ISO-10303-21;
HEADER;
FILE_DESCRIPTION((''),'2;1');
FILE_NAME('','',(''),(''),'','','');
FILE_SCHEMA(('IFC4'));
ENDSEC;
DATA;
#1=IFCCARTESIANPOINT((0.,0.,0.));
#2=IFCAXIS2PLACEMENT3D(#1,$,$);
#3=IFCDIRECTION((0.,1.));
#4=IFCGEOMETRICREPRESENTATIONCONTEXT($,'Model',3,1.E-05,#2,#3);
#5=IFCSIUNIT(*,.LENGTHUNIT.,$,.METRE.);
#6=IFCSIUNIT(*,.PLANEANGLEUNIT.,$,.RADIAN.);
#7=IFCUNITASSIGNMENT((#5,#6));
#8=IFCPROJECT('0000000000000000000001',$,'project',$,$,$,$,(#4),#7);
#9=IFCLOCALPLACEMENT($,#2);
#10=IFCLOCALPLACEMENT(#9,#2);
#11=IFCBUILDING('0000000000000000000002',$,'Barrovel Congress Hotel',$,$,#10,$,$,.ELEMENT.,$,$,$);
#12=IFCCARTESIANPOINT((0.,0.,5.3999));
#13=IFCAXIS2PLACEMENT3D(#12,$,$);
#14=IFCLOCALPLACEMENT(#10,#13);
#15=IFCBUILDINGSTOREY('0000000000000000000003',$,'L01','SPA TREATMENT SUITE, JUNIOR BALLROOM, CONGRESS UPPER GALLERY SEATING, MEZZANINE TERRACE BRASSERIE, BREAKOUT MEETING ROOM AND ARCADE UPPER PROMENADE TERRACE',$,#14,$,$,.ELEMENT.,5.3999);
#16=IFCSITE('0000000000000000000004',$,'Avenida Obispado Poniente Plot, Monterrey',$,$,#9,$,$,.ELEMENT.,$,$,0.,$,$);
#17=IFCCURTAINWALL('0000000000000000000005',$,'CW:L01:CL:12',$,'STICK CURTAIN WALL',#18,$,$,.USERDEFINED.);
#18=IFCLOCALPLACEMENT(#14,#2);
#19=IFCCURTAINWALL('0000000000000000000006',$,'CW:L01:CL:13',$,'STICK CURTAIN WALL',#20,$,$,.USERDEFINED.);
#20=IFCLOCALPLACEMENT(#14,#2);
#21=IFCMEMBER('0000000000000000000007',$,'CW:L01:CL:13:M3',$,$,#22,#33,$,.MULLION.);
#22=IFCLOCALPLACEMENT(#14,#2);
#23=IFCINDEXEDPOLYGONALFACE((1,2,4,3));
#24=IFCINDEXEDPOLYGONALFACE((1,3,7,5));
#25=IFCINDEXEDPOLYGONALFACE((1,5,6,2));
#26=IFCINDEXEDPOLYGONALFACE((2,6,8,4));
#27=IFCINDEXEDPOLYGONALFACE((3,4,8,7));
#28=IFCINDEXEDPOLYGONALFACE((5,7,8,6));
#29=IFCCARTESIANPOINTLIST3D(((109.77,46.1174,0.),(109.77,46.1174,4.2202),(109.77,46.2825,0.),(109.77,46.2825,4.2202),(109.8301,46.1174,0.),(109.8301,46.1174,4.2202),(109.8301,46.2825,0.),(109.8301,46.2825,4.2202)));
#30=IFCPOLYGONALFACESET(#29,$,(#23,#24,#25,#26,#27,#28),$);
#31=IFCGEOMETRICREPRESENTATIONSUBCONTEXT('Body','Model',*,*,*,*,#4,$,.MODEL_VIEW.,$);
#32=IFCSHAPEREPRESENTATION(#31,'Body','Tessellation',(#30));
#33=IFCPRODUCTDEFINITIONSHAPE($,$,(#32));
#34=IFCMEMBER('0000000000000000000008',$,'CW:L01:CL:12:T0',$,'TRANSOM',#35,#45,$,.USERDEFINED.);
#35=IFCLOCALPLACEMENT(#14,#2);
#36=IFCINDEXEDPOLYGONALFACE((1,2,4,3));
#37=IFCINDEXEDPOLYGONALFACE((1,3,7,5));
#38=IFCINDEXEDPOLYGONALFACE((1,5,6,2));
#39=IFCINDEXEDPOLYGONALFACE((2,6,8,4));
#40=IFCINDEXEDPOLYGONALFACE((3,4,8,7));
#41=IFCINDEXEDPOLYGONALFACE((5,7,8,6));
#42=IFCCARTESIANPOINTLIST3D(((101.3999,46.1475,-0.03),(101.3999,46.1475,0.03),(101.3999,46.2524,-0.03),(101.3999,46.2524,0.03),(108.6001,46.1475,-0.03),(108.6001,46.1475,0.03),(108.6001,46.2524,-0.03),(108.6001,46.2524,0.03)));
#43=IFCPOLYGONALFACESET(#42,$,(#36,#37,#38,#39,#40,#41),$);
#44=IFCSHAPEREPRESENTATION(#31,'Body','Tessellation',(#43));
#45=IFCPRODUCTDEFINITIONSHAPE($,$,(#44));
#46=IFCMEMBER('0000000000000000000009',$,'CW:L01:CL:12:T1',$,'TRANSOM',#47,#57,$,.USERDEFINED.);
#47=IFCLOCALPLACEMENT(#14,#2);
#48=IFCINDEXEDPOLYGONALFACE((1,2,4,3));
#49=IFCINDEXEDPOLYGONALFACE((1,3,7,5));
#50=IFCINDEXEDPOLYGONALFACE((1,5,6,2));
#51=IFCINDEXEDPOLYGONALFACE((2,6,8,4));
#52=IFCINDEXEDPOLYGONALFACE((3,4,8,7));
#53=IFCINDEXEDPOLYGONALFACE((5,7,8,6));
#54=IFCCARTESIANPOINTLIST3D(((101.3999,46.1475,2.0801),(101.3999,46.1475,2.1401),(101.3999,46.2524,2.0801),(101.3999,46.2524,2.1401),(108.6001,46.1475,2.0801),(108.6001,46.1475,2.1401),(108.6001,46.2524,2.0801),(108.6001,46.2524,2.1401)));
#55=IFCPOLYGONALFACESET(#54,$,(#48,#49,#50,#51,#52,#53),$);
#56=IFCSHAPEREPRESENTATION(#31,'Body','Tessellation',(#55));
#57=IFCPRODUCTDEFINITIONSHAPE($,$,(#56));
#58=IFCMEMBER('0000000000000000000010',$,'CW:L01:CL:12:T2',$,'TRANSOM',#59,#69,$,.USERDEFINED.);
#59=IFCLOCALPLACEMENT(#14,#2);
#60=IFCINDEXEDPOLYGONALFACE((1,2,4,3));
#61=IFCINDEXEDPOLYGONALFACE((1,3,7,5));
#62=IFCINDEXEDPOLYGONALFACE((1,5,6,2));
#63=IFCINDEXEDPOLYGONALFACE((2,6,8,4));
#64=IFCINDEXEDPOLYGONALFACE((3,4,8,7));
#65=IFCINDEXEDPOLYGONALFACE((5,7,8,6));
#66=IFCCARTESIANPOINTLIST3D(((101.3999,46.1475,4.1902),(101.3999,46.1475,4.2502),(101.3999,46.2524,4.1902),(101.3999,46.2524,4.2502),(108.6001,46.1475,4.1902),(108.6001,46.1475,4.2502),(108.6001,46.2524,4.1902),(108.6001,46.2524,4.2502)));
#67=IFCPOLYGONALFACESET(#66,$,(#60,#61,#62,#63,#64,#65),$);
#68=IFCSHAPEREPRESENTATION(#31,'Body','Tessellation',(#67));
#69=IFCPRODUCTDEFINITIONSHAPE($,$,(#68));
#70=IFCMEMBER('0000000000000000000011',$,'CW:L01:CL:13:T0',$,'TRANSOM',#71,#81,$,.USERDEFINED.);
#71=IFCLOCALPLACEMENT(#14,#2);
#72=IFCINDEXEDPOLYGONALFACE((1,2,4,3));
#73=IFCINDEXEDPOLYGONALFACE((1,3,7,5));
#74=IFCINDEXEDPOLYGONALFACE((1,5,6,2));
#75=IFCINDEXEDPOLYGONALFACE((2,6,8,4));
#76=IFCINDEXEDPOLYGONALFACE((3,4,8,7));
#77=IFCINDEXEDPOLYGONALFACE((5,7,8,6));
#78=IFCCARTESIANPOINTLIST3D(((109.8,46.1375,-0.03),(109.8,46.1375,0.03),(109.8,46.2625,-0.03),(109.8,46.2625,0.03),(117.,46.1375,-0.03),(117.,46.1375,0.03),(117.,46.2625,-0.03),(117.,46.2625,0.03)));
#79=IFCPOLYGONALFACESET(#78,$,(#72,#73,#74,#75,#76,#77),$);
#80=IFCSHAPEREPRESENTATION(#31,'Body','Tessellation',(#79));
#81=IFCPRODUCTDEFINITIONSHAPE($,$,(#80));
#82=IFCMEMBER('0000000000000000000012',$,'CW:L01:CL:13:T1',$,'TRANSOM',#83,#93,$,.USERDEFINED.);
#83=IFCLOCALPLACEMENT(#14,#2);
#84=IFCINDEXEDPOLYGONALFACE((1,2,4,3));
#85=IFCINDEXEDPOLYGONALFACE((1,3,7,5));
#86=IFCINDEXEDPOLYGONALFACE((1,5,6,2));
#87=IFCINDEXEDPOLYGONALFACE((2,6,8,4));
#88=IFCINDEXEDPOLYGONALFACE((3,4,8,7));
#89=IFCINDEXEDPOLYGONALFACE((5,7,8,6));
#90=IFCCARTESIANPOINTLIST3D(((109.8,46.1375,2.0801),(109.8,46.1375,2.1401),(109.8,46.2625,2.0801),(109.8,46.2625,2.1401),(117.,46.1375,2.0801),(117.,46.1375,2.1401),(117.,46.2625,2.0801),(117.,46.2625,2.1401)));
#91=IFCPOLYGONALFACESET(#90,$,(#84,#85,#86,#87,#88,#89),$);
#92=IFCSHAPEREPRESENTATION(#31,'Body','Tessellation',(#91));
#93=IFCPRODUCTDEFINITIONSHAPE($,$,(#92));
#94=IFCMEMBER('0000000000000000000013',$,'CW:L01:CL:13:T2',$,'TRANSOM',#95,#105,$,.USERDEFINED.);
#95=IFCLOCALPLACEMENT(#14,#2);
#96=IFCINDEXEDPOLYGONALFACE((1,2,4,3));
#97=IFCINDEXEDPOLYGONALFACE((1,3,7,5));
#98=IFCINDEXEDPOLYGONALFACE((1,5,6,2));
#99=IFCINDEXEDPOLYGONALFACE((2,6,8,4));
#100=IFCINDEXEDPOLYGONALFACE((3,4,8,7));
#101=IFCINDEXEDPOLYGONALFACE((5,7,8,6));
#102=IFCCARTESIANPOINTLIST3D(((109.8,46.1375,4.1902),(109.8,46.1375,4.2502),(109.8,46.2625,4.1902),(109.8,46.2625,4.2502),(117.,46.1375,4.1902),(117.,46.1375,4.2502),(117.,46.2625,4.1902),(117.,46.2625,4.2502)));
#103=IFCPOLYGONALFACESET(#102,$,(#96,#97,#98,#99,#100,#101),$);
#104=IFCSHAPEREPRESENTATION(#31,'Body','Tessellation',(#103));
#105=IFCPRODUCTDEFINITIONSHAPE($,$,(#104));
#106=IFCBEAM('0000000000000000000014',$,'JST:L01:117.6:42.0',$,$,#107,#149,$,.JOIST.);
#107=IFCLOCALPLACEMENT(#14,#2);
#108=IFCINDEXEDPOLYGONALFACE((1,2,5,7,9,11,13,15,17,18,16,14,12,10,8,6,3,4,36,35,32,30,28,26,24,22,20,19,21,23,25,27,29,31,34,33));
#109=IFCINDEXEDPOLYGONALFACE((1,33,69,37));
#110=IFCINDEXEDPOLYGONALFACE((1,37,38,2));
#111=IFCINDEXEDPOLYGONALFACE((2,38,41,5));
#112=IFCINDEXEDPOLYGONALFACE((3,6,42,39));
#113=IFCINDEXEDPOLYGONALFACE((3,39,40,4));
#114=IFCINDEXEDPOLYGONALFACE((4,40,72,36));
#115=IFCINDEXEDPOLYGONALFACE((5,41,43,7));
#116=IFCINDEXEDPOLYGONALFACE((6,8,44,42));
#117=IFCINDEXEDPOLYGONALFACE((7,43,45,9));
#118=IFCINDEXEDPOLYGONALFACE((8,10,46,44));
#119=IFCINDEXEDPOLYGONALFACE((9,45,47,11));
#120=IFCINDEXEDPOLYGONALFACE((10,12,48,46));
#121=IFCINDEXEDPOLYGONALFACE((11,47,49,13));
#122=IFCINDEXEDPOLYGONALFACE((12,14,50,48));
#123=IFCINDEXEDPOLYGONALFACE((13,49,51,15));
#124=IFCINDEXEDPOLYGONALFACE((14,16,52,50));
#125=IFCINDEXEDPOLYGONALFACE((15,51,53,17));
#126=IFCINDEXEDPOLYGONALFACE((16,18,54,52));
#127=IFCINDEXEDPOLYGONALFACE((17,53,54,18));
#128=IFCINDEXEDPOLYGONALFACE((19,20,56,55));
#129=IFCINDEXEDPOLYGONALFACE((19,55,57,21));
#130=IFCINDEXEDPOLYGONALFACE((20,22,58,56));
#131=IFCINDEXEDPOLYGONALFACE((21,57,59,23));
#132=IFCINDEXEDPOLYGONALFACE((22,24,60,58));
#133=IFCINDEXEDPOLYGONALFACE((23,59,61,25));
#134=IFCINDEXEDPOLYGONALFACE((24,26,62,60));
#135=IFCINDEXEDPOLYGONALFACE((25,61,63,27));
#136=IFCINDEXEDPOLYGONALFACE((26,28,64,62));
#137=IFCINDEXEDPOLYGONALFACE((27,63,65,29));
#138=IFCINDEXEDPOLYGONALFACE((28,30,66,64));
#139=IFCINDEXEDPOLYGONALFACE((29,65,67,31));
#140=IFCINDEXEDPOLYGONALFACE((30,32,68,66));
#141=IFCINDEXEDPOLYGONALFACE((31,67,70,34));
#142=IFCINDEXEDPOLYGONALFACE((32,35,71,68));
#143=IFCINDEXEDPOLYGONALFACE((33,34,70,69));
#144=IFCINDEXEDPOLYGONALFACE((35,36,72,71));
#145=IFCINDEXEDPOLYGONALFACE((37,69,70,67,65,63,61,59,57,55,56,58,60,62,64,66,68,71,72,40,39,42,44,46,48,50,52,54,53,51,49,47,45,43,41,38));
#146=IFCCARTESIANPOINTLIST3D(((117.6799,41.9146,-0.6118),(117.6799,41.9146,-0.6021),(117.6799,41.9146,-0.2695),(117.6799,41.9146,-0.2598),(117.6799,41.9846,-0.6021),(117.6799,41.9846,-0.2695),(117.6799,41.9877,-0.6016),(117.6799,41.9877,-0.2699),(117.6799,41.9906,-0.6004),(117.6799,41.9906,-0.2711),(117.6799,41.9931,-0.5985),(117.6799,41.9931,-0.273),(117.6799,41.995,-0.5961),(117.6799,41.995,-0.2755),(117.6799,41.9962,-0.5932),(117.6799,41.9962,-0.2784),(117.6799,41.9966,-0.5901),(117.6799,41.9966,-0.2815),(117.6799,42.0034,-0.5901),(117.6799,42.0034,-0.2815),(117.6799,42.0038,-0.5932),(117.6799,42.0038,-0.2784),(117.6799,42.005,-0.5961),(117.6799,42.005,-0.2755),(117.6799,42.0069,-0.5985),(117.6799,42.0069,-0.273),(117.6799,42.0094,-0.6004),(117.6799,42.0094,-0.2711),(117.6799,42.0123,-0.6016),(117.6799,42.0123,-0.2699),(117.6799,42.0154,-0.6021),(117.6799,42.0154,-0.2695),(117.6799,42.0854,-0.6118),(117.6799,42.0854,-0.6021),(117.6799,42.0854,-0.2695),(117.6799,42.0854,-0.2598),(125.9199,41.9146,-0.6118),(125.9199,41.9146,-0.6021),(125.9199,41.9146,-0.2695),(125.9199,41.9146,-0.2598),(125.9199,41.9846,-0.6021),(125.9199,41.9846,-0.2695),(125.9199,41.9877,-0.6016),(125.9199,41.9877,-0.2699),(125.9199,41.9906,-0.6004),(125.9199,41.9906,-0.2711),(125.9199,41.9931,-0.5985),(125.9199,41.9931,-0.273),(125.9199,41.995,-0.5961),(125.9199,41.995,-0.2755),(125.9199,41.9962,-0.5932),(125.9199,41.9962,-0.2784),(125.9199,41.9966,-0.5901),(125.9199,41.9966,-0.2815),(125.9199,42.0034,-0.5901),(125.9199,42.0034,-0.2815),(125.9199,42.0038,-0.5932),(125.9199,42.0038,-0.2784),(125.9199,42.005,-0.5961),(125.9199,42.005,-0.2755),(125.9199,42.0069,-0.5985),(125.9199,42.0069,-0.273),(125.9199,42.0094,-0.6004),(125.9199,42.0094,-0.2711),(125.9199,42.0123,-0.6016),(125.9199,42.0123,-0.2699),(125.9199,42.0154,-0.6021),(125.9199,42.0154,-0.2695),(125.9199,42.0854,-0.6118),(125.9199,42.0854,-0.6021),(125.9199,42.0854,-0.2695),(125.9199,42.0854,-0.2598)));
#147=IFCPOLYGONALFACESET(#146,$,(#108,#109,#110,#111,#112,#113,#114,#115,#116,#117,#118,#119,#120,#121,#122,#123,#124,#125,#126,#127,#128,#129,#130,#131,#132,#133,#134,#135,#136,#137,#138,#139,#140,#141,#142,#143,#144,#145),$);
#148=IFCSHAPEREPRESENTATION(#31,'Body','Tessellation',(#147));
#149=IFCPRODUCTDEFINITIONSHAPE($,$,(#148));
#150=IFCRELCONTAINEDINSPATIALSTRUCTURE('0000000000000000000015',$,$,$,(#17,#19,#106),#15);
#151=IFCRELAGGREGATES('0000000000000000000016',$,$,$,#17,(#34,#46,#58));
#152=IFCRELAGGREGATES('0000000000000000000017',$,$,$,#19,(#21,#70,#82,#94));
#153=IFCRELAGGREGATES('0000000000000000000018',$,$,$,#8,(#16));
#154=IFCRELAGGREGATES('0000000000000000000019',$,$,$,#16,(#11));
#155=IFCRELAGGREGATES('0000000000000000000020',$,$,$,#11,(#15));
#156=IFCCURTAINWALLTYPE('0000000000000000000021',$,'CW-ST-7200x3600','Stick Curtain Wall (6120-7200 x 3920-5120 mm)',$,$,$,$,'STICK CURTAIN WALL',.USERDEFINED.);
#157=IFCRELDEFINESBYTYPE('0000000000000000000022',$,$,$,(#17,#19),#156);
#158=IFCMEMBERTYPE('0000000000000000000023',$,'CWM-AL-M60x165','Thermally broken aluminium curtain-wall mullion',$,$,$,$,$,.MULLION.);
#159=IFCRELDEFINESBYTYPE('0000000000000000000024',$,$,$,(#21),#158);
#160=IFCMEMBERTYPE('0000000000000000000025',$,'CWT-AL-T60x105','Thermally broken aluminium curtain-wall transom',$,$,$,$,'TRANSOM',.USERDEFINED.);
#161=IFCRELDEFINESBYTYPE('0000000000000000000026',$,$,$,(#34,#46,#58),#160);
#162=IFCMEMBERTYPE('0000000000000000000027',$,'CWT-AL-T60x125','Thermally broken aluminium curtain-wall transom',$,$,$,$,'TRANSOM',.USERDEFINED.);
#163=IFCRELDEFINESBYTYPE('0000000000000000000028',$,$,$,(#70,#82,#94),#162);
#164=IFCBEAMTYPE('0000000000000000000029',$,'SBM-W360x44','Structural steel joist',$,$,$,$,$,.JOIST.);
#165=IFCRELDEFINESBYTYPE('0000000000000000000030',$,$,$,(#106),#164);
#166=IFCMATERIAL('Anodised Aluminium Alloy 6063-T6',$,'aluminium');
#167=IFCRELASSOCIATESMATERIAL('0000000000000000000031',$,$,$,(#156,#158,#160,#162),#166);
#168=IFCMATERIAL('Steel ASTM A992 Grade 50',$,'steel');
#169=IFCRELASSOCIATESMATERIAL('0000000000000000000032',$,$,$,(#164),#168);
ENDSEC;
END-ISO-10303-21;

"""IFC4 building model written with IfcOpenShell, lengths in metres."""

from ifc_helpers import new_model, si_unit, direction, frame, origin, origin_2d, place, context, subcontext, project, spatial, rectangle, i_section, extrude, material, material_profile, profile_set, type_object, element, aggregate, save


model = new_model("IFC4")

# Units and contexts
model_context = context("Model", 3, precision=1e-05, world=origin(), true_north=direction((0.0, 1.0)))
body_context = subcontext(model_context, "Body", "Model", "MODEL_VIEW")
ifc_project = project(units=[si_unit("LENGTHUNIT", "METRE"), si_unit("PLANEANGLEUNIT", "RADIAN")], contexts=[model_context])

# Site, building, storey
site_placement = place(None, origin())
site = spatial("IfcSite", under=ifc_project, at=site_placement, Name="Avenida Obispado Poniente Plot, Monterrey", CompositionType="ELEMENT", RefElevation=0.0)
building_placement = place(site_placement, origin())
building = spatial("IfcBuilding", under=site, at=building_placement, Name="Barrovel Congress Hotel", CompositionType="ELEMENT")
storey_placement = place(building_placement, frame((0.0, 0.0, 5.3999)))
storey = spatial("IfcBuildingStorey", under=building, at=storey_placement, Name="L01", Description="SPA TREATMENT SUITE, JUNIOR BALLROOM, CONGRESS UPPER GALLERY SEATING, MEZZANINE TERRACE BRASSERIE, BREAKOUT MEETING ROOM AND ARCADE UPPER PROMENADE TERRACE", CompositionType="ELEMENT", Elevation=5.3999)

# Curtain wall
ifc_material_1 = material(Name="Anodised Aluminium Alloy 6063-T6", Category="aluminium")
curtain_wall_type = type_object("IfcCurtainWallType", Name="CW-ST-7200x3600", Description="Stick Curtain Wall (6120-7200 x 3920-5120 mm)", ElementType="STICK CURTAIN WALL", PredefinedType="USERDEFINED", material=ifc_material_1)
curtain_wall_1_placement = place(storey_placement, origin())
curtain_wall_1 = element("IfcCurtainWall", 1, at=curtain_wall_1_placement, inside=storey, type_object=curtain_wall_type, Name="CW:L01:CL:12", ObjectType="STICK CURTAIN WALL", PredefinedType="USERDEFINED")

# Curtain wall, member
curtain_wall_2_placement = place(storey_placement, origin())
curtain_wall_2 = element("IfcCurtainWall", 2, at=curtain_wall_2_placement, inside=storey, type_object=curtain_wall_type, Name="CW:L01:CL:13", ObjectType="STICK CURTAIN WALL", PredefinedType="USERDEFINED")
ifc_material_profile_1 = material_profile(ifc_material_1, rectangle(XDim=0.0601, YDim=0.165, at=origin_2d()), Name="AL-M60x165")
ifc_profile_set_1 = profile_set([ifc_material_profile_1], Name="Anodised Aluminium Alloy 6063-T6")
member_type_1 = type_object("IfcMemberType", Name="CWM-AL-M60x165", Description="Thermally broken aluminium curtain-wall mullion", PredefinedType="MULLION", material=ifc_profile_set_1)
member_1_placement = place(storey_placement, frame((109.8, 46.2, 0.0), z_axis=(0.0, 0.0, 1.0), x_axis=(1.0, 0.0, 0.0)))
member_1 = element("IfcMember", 3, at=member_1_placement, type_object=member_type_1, Name="CW:L01:CL:13:M3", PredefinedType="MULLION", context=body_context, shape_type="SweptSolid", body=[
    extrude(rectangle(XDim=0.0601, YDim=0.165, at=origin_2d()), origin(), (0.0, 0.0, 1.0), 4.2202),
])

# Members
ifc_material_profile_2 = material_profile(ifc_material_1, rectangle(XDim=0.105, YDim=0.0601, at=origin_2d()), Name="AL-T60x105")
ifc_profile_set_2 = profile_set([ifc_material_profile_2], Name="Anodised Aluminium Alloy 6063-T6")
member_type_2 = type_object("IfcMemberType", Name="CWT-AL-T60x105", Description="Thermally broken aluminium curtain-wall transom", ElementType="TRANSOM", PredefinedType="USERDEFINED", material=ifc_profile_set_2)
member_2_placement = place(storey_placement, frame((108.6001, 46.2, 0.0), z_axis=(-1.0, 0.0, 0.0), x_axis=(0.0, -1.0, 0.0)))
member_2 = element("IfcMember", 4, at=member_2_placement, type_object=member_type_2, Name="CW:L01:CL:12:T0", ObjectType="TRANSOM", PredefinedType="USERDEFINED", context=body_context, shape_type="SweptSolid", body=[
    extrude(rectangle(XDim=0.105, YDim=0.0601, at=origin_2d()), origin(), (0.0, 0.0, 1.0), 7.2002),
])
member_3_placement = place(storey_placement, frame((108.6001, 46.2, 2.1101), z_axis=(-1.0, 0.0, 0.0), x_axis=(0.0, -1.0, 0.0)))
member_3 = element("IfcMember", 5, at=member_3_placement, type_object=member_type_2, Name="CW:L01:CL:12:T1", ObjectType="TRANSOM", PredefinedType="USERDEFINED", context=body_context, shape_type="SweptSolid", body=[
    extrude(rectangle(XDim=0.105, YDim=0.0601, at=origin_2d()), origin(), (0.0, 0.0, 1.0), 7.2002),
])
member_4_placement = place(storey_placement, frame((108.6001, 46.2, 4.2202), z_axis=(-1.0, 0.0, 0.0), x_axis=(0.0, -1.0, 0.0)))
member_4 = element("IfcMember", 6, at=member_4_placement, type_object=member_type_2, Name="CW:L01:CL:12:T2", ObjectType="TRANSOM", PredefinedType="USERDEFINED", context=body_context, shape_type="SweptSolid", body=[
    extrude(rectangle(XDim=0.105, YDim=0.0601, at=origin_2d()), origin(), (0.0, 0.0, 1.0), 7.2002),
])
ifc_material_profile_3 = material_profile(ifc_material_1, rectangle(XDim=0.125, YDim=0.0601, at=origin_2d()), Name="AL-T60x125")
ifc_profile_set_3 = profile_set([ifc_material_profile_3], Name="Anodised Aluminium Alloy 6063-T6")
member_type_3 = type_object("IfcMemberType", Name="CWT-AL-T60x125", Description="Thermally broken aluminium curtain-wall transom", ElementType="TRANSOM", PredefinedType="USERDEFINED", material=ifc_profile_set_3)
member_5_placement = place(storey_placement, frame((117.0, 46.2, 0.0), z_axis=(-1.0, 0.0, 0.0), x_axis=(0.0, -1.0, 0.0)))
member_5 = element("IfcMember", 7, at=member_5_placement, type_object=member_type_3, Name="CW:L01:CL:13:T0", ObjectType="TRANSOM", PredefinedType="USERDEFINED", context=body_context, shape_type="SweptSolid", body=[
    extrude(rectangle(XDim=0.125, YDim=0.0601, at=origin_2d()), origin(), (0.0, 0.0, 1.0), 7.2),
])
member_6_placement = place(storey_placement, frame((117.0, 46.2, 2.1101), z_axis=(-1.0, 0.0, 0.0), x_axis=(0.0, -1.0, 0.0)))
member_6 = element("IfcMember", 8, at=member_6_placement, type_object=member_type_3, Name="CW:L01:CL:13:T1", ObjectType="TRANSOM", PredefinedType="USERDEFINED", context=body_context, shape_type="SweptSolid", body=[
    extrude(rectangle(XDim=0.125, YDim=0.0601, at=origin_2d()), origin(), (0.0, 0.0, 1.0), 7.2),
])
member_7_placement = place(storey_placement, frame((117.0, 46.2, 4.2202), z_axis=(-1.0, 0.0, 0.0), x_axis=(0.0, -1.0, 0.0)))
member_7 = element("IfcMember", 9, at=member_7_placement, type_object=member_type_3, Name="CW:L01:CL:13:T2", ObjectType="TRANSOM", PredefinedType="USERDEFINED", context=body_context, shape_type="SweptSolid", body=[
    extrude(rectangle(XDim=0.125, YDim=0.0601, at=origin_2d()), origin(), (0.0, 0.0, 1.0), 7.2),
])

# Beam
ifc_material_2 = material(Name="Steel ASTM A992 Grade 50", Category="steel")
ifc_material_profile_4 = material_profile(ifc_material_2, i_section(OverallWidth=0.1709, OverallDepth=0.3521, WebThickness=0.0068, FlangeThickness=0.0098, FilletRadius=0.012, at=origin_2d()), Name="W360x44")
ifc_profile_set_4 = profile_set([ifc_material_profile_4], Name="Steel ASTM A992 Grade 50")
beam_type_1 = type_object("IfcBeamType", Name="SBM-W360x44", Description="Structural steel joist", PredefinedType="JOIST", material=ifc_profile_set_4)
beam_1_placement = place(storey_placement, frame((117.6799, 42.0, -0.4358), z_axis=(1.0, 0.0, 0.0), x_axis=(0.0, 1.0, 0.0)))
element("IfcBeam", 10, at=beam_1_placement, inside=storey, type_object=beam_type_1, Name="JST:L01:117.6:42.0", PredefinedType="JOIST", context=body_context, shape_type="SweptSolid", body=[
    extrude(i_section(OverallWidth=0.1709, OverallDepth=0.3521, WebThickness=0.0068, FlangeThickness=0.0098, FilletRadius=0.012, at=origin_2d()), origin(), (0.0, 0.0, 1.0), 8.24),
])

aggregate(curtain_wall_1, [member_2, member_3, member_4])
aggregate(curtain_wall_2, [member_1, member_5, member_6, member_7])

save(model, "model.ifc")
